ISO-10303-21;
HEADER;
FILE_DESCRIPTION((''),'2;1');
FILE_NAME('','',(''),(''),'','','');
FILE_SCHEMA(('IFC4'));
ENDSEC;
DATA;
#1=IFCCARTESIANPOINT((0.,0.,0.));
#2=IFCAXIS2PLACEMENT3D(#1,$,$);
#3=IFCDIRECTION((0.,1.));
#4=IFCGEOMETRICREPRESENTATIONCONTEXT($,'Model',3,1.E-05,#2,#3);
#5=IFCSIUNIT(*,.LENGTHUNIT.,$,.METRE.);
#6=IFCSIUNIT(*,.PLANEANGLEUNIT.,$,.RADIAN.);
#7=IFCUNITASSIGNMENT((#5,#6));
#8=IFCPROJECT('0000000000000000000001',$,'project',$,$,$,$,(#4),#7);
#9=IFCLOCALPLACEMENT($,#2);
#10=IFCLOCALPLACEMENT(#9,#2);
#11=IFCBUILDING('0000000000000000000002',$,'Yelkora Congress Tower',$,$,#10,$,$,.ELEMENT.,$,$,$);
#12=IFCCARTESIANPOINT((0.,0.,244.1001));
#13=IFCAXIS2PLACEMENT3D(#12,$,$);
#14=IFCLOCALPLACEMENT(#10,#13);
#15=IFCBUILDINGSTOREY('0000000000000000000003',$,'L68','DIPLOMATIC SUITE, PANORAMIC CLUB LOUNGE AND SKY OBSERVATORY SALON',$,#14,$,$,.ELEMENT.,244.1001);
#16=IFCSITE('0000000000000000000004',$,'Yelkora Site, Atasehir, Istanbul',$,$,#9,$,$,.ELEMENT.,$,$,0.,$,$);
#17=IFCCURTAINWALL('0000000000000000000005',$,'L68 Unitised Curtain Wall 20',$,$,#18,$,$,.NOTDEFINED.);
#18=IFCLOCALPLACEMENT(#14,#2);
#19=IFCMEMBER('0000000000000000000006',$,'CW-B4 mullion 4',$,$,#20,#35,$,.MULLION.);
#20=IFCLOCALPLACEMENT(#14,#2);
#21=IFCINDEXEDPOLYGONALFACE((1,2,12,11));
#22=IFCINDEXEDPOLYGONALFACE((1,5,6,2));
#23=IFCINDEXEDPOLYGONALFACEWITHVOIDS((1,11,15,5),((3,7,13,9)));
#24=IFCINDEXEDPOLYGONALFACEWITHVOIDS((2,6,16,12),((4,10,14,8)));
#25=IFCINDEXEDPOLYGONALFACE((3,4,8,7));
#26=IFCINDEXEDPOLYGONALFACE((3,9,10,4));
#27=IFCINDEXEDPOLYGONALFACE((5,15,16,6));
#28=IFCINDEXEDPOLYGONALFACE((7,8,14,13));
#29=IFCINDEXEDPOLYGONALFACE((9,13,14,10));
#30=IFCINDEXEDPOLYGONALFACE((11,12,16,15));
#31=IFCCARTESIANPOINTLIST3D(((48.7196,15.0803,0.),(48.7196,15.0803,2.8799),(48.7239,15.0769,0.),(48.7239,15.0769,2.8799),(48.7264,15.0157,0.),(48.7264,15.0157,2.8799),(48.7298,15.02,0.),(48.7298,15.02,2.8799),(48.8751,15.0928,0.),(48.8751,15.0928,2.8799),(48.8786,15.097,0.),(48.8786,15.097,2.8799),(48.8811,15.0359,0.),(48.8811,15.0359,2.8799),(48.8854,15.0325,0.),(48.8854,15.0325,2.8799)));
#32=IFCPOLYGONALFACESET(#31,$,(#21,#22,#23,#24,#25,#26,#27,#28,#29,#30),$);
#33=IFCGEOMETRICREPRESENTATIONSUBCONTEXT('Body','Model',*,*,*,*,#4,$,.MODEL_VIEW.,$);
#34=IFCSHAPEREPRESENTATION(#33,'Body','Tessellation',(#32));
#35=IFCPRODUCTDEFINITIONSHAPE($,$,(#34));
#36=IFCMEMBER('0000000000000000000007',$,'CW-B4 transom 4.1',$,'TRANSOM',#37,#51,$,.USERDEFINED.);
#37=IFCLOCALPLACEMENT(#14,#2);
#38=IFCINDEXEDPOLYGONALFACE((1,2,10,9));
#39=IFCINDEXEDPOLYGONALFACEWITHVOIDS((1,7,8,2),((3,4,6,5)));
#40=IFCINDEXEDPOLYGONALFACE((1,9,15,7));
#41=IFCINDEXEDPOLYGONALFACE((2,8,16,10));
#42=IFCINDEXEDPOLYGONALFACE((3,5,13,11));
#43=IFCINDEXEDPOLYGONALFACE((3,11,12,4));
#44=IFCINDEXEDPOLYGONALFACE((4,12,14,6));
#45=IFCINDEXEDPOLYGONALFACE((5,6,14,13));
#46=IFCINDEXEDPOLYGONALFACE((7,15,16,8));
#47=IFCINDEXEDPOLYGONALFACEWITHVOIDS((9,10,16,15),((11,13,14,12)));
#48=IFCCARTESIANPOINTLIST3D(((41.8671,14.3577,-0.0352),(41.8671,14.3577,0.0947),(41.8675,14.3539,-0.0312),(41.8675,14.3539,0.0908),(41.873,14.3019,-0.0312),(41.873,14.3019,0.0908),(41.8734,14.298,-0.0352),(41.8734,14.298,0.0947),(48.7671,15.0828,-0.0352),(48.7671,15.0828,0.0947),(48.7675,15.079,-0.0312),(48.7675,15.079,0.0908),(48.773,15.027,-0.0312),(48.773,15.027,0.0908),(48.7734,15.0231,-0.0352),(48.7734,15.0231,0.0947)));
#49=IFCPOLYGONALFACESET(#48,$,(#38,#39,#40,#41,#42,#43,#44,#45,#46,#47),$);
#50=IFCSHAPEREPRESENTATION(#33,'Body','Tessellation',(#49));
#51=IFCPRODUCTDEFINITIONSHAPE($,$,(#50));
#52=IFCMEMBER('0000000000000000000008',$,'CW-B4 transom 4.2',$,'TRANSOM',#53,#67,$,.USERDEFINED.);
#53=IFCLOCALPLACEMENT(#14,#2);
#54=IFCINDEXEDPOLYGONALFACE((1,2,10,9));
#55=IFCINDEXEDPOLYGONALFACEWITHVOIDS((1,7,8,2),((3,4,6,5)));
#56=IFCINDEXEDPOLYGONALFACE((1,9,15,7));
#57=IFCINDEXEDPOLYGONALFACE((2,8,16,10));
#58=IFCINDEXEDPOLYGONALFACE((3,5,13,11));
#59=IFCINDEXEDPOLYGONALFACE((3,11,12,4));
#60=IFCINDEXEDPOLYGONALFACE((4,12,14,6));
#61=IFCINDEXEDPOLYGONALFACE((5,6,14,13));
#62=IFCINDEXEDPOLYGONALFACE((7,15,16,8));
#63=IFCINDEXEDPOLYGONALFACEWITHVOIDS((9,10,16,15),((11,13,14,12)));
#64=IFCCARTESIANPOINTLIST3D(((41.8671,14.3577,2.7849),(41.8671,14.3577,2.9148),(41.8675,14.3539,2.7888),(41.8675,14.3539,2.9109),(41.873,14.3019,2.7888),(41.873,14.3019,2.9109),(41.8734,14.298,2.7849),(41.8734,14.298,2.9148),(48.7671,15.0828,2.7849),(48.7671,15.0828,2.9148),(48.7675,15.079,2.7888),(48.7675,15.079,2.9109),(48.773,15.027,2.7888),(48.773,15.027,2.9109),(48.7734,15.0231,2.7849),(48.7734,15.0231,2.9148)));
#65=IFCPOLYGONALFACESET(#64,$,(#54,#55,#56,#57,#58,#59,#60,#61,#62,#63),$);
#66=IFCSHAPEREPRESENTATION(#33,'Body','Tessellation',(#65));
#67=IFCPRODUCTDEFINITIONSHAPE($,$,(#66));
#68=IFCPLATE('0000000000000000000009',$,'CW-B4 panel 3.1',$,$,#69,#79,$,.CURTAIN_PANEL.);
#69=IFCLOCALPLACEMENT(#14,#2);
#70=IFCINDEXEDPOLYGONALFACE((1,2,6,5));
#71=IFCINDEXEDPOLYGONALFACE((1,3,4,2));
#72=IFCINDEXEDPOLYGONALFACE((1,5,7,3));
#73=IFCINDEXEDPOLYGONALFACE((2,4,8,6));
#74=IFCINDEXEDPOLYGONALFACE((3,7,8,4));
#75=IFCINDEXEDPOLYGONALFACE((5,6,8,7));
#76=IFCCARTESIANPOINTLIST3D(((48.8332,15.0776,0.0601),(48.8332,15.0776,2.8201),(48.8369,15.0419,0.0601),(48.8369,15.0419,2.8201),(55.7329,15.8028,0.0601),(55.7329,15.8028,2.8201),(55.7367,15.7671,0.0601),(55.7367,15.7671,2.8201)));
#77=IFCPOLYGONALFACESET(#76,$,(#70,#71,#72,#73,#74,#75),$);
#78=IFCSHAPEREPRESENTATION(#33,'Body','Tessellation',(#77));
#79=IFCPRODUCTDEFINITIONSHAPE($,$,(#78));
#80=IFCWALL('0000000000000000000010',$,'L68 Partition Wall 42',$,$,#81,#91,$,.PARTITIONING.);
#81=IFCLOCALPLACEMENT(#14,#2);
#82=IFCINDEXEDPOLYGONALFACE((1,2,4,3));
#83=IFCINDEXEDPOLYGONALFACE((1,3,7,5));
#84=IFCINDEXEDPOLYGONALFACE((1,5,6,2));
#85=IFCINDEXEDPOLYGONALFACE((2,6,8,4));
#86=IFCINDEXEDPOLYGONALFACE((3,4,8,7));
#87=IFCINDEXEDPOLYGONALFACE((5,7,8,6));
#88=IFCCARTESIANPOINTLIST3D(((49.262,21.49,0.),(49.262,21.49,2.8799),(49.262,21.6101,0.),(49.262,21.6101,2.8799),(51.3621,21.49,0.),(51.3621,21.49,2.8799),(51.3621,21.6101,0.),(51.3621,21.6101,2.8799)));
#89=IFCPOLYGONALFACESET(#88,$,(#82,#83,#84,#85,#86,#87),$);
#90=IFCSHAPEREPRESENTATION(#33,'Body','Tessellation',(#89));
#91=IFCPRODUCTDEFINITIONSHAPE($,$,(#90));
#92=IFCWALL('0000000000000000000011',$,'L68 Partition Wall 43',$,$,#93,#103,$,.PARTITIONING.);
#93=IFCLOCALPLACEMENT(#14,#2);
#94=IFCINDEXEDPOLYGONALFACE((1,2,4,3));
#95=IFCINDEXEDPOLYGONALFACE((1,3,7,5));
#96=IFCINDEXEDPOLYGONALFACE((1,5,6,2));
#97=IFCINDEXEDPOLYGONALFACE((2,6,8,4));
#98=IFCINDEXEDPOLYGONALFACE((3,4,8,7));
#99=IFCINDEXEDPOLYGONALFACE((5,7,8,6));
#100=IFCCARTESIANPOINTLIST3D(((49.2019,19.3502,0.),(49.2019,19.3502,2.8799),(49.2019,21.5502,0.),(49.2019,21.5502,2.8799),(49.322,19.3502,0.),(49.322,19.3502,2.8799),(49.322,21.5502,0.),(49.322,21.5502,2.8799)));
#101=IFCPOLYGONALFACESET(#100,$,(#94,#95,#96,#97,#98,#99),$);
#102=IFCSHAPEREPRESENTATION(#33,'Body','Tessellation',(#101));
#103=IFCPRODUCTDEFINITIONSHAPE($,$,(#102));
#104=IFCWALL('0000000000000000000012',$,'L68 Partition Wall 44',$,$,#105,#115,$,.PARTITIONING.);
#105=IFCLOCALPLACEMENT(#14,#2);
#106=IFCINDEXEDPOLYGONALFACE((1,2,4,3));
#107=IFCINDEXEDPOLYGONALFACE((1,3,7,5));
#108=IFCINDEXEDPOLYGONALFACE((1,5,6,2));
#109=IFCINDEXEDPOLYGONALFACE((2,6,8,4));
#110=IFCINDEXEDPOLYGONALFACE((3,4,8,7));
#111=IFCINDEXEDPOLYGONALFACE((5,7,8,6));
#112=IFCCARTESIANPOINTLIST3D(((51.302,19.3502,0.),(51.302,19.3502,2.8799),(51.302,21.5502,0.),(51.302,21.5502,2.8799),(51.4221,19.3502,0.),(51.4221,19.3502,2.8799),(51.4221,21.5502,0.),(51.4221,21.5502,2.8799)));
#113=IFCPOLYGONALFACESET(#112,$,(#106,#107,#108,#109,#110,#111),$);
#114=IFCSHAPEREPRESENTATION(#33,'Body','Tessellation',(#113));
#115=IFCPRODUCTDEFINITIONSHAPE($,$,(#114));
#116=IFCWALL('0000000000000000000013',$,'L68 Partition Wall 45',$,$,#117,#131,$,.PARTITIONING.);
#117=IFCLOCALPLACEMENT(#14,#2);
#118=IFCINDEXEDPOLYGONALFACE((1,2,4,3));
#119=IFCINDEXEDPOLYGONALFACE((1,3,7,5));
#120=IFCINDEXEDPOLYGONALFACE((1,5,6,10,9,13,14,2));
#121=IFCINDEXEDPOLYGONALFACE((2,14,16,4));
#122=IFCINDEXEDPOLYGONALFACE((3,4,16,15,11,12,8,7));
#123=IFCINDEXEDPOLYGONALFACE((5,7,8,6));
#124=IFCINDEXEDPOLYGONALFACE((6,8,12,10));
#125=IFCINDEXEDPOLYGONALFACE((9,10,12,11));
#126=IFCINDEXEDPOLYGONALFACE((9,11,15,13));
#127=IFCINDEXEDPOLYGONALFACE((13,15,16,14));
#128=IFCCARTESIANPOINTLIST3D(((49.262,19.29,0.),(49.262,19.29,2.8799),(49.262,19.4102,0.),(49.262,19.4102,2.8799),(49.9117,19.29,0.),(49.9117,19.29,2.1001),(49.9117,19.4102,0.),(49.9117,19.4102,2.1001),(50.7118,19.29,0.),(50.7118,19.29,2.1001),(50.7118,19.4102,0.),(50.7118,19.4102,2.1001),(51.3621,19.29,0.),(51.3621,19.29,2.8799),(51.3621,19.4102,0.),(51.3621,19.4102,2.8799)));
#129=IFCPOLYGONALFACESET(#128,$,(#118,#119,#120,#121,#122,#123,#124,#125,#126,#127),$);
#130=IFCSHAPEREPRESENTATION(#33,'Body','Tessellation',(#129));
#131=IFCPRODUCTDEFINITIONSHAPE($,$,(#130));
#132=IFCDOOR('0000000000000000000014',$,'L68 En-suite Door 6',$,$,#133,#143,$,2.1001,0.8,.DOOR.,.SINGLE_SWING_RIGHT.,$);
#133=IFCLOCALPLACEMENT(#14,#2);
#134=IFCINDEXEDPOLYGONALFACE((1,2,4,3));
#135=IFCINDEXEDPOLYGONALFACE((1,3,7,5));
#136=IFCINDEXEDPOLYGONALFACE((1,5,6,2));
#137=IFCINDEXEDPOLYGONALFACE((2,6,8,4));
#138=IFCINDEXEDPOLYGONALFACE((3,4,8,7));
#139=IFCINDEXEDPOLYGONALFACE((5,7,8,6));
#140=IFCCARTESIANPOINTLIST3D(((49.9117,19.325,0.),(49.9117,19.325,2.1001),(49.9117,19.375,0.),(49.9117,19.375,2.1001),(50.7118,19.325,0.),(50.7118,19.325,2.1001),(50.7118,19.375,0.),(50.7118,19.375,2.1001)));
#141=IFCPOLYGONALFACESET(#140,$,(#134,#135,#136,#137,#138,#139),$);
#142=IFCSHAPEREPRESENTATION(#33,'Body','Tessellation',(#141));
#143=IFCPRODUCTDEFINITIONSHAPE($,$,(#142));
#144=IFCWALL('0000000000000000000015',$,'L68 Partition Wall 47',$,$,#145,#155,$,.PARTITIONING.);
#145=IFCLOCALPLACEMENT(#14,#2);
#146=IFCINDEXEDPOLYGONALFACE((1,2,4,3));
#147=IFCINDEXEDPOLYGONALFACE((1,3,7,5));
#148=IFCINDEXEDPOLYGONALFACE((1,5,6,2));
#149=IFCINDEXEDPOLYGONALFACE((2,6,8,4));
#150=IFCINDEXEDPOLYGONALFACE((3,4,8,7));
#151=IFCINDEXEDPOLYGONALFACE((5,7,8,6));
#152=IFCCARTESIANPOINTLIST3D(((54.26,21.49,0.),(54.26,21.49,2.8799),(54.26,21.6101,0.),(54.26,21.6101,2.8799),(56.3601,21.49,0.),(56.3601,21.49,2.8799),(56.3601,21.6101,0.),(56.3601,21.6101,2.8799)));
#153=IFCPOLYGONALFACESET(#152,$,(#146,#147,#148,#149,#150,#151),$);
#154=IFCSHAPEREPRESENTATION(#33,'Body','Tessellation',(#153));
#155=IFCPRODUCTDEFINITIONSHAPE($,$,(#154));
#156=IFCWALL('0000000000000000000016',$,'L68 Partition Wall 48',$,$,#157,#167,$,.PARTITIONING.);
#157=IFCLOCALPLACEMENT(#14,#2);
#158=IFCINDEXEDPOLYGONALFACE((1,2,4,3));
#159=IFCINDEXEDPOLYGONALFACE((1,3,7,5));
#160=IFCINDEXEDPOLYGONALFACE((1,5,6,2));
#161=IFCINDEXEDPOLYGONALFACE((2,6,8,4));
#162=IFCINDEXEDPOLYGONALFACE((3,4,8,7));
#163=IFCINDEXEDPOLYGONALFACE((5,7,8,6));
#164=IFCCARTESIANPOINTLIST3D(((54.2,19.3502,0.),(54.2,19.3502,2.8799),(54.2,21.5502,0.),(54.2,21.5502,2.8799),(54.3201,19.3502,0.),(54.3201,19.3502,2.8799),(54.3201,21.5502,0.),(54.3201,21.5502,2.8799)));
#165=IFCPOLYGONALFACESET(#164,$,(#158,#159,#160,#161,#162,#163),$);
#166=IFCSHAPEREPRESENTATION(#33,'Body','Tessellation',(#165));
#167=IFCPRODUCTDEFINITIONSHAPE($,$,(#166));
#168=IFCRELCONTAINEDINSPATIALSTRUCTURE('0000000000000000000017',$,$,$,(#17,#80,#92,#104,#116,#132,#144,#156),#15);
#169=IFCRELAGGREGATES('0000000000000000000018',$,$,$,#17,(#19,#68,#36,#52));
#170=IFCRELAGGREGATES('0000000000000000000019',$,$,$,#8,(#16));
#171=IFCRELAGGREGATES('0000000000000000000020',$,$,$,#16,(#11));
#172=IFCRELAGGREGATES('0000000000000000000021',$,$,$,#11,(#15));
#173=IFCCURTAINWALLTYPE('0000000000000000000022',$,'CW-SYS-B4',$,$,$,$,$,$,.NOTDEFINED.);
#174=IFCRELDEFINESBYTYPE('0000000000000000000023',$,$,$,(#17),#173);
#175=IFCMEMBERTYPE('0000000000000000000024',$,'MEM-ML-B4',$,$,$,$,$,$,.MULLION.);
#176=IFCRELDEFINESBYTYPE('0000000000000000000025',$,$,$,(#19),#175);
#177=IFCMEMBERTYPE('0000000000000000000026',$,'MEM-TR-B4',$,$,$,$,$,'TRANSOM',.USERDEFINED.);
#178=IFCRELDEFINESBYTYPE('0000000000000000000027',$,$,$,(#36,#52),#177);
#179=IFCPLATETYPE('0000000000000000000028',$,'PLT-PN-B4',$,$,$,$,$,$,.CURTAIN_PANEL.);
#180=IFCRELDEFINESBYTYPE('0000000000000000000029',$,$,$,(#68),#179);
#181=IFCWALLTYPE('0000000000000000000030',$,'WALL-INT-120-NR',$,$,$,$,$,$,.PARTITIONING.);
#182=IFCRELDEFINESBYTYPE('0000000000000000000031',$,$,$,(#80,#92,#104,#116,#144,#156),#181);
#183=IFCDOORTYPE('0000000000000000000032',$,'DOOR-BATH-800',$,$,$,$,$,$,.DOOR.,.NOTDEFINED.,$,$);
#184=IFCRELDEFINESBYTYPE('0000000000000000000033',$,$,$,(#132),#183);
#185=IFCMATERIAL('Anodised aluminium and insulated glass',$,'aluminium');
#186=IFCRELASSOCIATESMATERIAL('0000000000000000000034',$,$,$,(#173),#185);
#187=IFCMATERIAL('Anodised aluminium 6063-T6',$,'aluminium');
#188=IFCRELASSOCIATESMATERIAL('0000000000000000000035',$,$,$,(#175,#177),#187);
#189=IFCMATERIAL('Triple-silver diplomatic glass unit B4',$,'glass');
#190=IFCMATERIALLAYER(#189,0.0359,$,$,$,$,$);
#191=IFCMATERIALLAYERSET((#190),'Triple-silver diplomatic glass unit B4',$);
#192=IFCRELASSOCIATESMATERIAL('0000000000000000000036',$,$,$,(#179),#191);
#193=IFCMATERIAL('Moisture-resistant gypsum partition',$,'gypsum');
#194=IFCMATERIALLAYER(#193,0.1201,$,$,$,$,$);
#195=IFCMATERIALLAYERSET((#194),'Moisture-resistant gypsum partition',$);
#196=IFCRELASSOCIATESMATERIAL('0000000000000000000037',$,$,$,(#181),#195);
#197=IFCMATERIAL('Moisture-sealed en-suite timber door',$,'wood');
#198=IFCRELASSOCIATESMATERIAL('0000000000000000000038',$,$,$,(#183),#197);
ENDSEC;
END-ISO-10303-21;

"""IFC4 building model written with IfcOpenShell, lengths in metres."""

from ifc_helpers import new_model, si_unit, direction, frame, frame_2d, origin, origin_2d, place, context, subcontext, project, spatial, rectangle, hollow_rectangle, extrude, material, layer, layer_set, material_profile, profile_set, type_object, element, fill, aggregate, save


model = new_model("IFC4")

# Units and contexts
model_context = context("Model", 3, precision=1e-05, world=origin(), true_north=direction((0.0, 1.0)))
body_context = subcontext(model_context, "Body", "Model", "MODEL_VIEW")
ifc_project = project(units=[si_unit("LENGTHUNIT", "METRE"), si_unit("PLANEANGLEUNIT", "RADIAN")], contexts=[model_context])

# Site, building, storey
site_placement = place(None, origin())
site = spatial("IfcSite", under=ifc_project, at=site_placement, Name="Yelkora Site, Atasehir, Istanbul", CompositionType="ELEMENT", RefElevation=0.0)
building_placement = place(site_placement, origin())
building = spatial("IfcBuilding", under=site, at=building_placement, Name="Yelkora Congress Tower", CompositionType="ELEMENT")
storey_placement = place(building_placement, frame((0.0, 0.0, 244.1001)))
storey = spatial("IfcBuildingStorey", under=building, at=storey_placement, Name="L68", Description="DIPLOMATIC SUITE, PANORAMIC CLUB LOUNGE AND SKY OBSERVATORY SALON", CompositionType="ELEMENT", Elevation=244.1001)

# Curtain wall, members, plate
ifc_material_1 = material(Name="Anodised aluminium and insulated glass", Category="aluminium")
curtain_wall_type = type_object("IfcCurtainWallType", Name="CW-SYS-B4", PredefinedType="NOTDEFINED", material=ifc_material_1)
curtain_wall_placement = place(storey_placement, origin())
curtain_wall = element("IfcCurtainWall", 1, at=curtain_wall_placement, inside=storey, type_object=curtain_wall_type, Name="L68 Unitised Curtain Wall 20", PredefinedType="NOTDEFINED")
ifc_material_2 = material(Name="Anodised aluminium 6063-T6", Category="aluminium")
ifc_material_profile_1 = material_profile(ifc_material_2, hollow_rectangle(XDim=0.0649, YDim=0.1599, WallThickness=0.0039, at=origin_2d()), Name="ALU 65x160x4")
ifc_profile_set_1 = profile_set([ifc_material_profile_1], Name="Anodised aluminium 6063-T6")
member_type_1 = type_object("IfcMemberType", Name="MEM-ML-B4", PredefinedType="MULLION", material=ifc_profile_set_1)
member_1_placement = place(storey_placement, frame((48.8025, 15.0564, 0.0), z_axis=(0.0, 0.0, 1.0), x_axis=(0.104527, -0.994522, 0.0)))
member_1 = element("IfcMember", 2, at=member_1_placement, type_object=member_type_1, Name="CW-B4 mullion 4", PredefinedType="MULLION", context=body_context, shape_type="SweptSolid", body=[
    extrude(hollow_rectangle(XDim=0.0649, YDim=0.1599, WallThickness=0.0039, at=origin_2d()), origin(), (0.0, 0.0, 1.0), 2.8799),
])
ifc_material_profile_2 = material_profile(ifc_material_2, hollow_rectangle(XDim=0.0601, YDim=0.1299, WallThickness=0.0039, at=origin_2d()), Name="ALU 60x130x4")
ifc_profile_set_2 = profile_set([ifc_material_profile_2], Name="Anodised aluminium 6063-T6")
member_type_2 = type_object("IfcMemberType", Name="MEM-TR-B4", ElementType="TRANSOM", PredefinedType="USERDEFINED", material=ifc_profile_set_2)
member_2_placement = place(storey_placement, frame((48.7703, 15.053, 0.0298), z_axis=(-0.994524, -0.104513, 0.0), x_axis=(0.104513, -0.994524, 0.0)))
member_2 = element("IfcMember", 3, at=member_2_placement, type_object=member_type_2, Name="CW-B4 transom 4.1", ObjectType="TRANSOM", PredefinedType="USERDEFINED", context=body_context, shape_type="SweptSolid", body=[
    extrude(hollow_rectangle(XDim=0.0601, YDim=0.1299, WallThickness=0.0039, at=origin_2d()), origin(), (0.0, 0.0, 1.0), 6.938),
])
member_3_placement = place(storey_placement, frame((48.7703, 15.053, 2.8499), z_axis=(-0.994524, -0.104513, 0.0), x_axis=(0.104513, -0.994524, 0.0)))
member_3 = element("IfcMember", 4, at=member_3_placement, type_object=member_type_2, Name="CW-B4 transom 4.2", ObjectType="TRANSOM", PredefinedType="USERDEFINED", context=body_context, shape_type="SweptSolid", body=[
    extrude(hollow_rectangle(XDim=0.0601, YDim=0.1299, WallThickness=0.0039, at=origin_2d()), origin(), (0.0, 0.0, 1.0), 6.938),
])
ifc_material_3 = material(Name="Triple-silver diplomatic glass unit B4", Category="glass")
ifc_layer_1 = layer(ifc_material_3, 0.0359)
ifc_layer_set_1 = layer_set([ifc_layer_1], Name="Triple-silver diplomatic glass unit B4")
plate_type = type_object("IfcPlateType", Name="PLT-PN-B4", PredefinedType="CURTAIN_PANEL", material=ifc_layer_set_1)
plate_placement = place(storey_placement, frame((52.2849, 15.4224, 0.0601), z_axis=(0.0, 0.0, 1.0), x_axis=(-0.994522, -0.104527, 0.0)))
plate = element("IfcPlate", 5, at=plate_placement, type_object=plate_type, Name="CW-B4 panel 3.1", PredefinedType="CURTAIN_PANEL", context=body_context, shape_type="SweptSolid", body=[
    extrude(rectangle(XDim=6.9377, YDim=0.0359, at=origin_2d()), origin(), (0.0, 0.0, 1.0), 2.76),
])
aggregate(curtain_wall, [member_1, plate, member_2, member_3])

# Walls
ifc_material_4 = material(Name="Moisture-resistant gypsum partition", Category="gypsum")
ifc_layer_2 = layer(ifc_material_4, 0.1201)
ifc_layer_set_2 = layer_set([ifc_layer_2], Name="Moisture-resistant gypsum partition")
wall_type_1 = type_object("IfcWallType", Name="WALL-INT-120-NR", PredefinedType="PARTITIONING", material=ifc_layer_set_2)
wall_1_placement = place(storey_placement, frame((49.262, 21.55, 0.0), z_axis=(0.0, 0.0, 1.0), x_axis=(1.0, 0.0, 0.0)))
element("IfcWall", 6, at=wall_1_placement, inside=storey, type_object=wall_type_1, Name="L68 Partition Wall 42", PredefinedType="PARTITIONING", context=body_context, shape_type="SweptSolid", body=[
    extrude(rectangle(XDim=2.1001, YDim=0.1201, at=frame_2d((1.05, 0.0))), origin(), (0.0, 0.0, 1.0), 2.8799),
])
for number, where, z_axis, x_axis, name in (
    (7, (49.262, 19.3501, 0.0), (0.0, 0.0, 1.0), (0.0, 1.0, 0.0), "L68 Partition Wall 43"),
    (8, (51.3621, 19.3501, 0.0), (0.0, 0.0, 1.0), (0.0, 1.0, 0.0), "L68 Partition Wall 44"),
):
    element("IfcWall", number, at=place(storey_placement, frame(where, z_axis=z_axis, x_axis=x_axis)), inside=storey, type_object=wall_type_1, Name=name, PredefinedType="PARTITIONING", context=body_context, shape_type="SweptSolid", body=[
        extrude(rectangle(XDim=2.2, YDim=0.1201, at=frame_2d((1.1001, 0.0))), origin(), (0.0, 0.0, 1.0), 2.8799),
    ])

# Wall, opening, door
wall_2_placement = place(storey_placement, frame((49.262, 19.3501, 0.0), z_axis=(0.0, 0.0, 1.0), x_axis=(1.0, 0.0, 0.0)))
wall_2 = element("IfcWall", 9, at=wall_2_placement, inside=storey, type_object=wall_type_1, Name="L68 Partition Wall 45", PredefinedType="PARTITIONING", context=body_context, shape_type="SweptSolid", body=[
    extrude(rectangle(XDim=2.1001, YDim=0.1201, at=frame_2d((1.05, 0.0))), origin(), (0.0, 0.0, 1.0), 2.8799),
])
opening_1_placement = place(wall_2_placement, frame((0.6499, 0.0, 0.0)))
opening_1 = element("IfcOpeningElement", 10, at=opening_1_placement, cuts=wall_2, PredefinedType="OPENING", context=body_context, shape_type="SweptSolid", body=[
    extrude(rectangle(XDim=0.8, YDim=2.1001, at=frame_2d((0.3999, 1.05))), frame((0.0, 0.0701, 0.0), z_axis=(0.0, -1.0, 0.0), x_axis=(1.0, 0.0, 0.0)), (0.0, 0.0, 1.0), 0.1401),
])
ifc_material_5 = material(Name="Moisture-sealed en-suite timber door", Category="wood")
door_type_1 = type_object("IfcDoorType", Name="DOOR-BATH-800", OperationType="NOTDEFINED", PredefinedType="DOOR", material=ifc_material_5)
door_1_placement = place(opening_1_placement, origin())
door_1 = element("IfcDoor", 11, at=door_1_placement, inside=storey, type_object=door_type_1, Name="L68 En-suite Door 6", OperationType="SINGLE_SWING_RIGHT", OverallHeight=2.1001, OverallWidth=0.8, PredefinedType="DOOR", context=body_context, shape_type="SweptSolid", body=[
    extrude(rectangle(XDim=0.8, YDim=2.1001, at=frame_2d((0.3999, 1.05))), frame((0.0, 0.0249, 0.0), z_axis=(0.0, -1.0, 0.0), x_axis=(1.0, 0.0, 0.0)), (0.0, 0.0, 1.0), 0.05),
])
fill(opening_1, door_1)

# Walls
wall_3_placement = place(storey_placement, frame((54.26, 21.55, 0.0), z_axis=(0.0, 0.0, 1.0), x_axis=(1.0, 0.0, 0.0)))
element("IfcWall", 12, at=wall_3_placement, inside=storey, type_object=wall_type_1, Name="L68 Partition Wall 47", PredefinedType="PARTITIONING", context=body_context, shape_type="SweptSolid", body=[
    extrude(rectangle(XDim=2.1001, YDim=0.1201, at=frame_2d((1.05, 0.0))), origin(), (0.0, 0.0, 1.0), 2.8799),
])
wall_4_placement = place(storey_placement, frame((54.26, 19.3501, 0.0), z_axis=(0.0, 0.0, 1.0), x_axis=(0.0, 1.0, 0.0)))
element("IfcWall", 13, at=wall_4_placement, inside=storey, type_object=wall_type_1, Name="L68 Partition Wall 48", PredefinedType="PARTITIONING", context=body_context, shape_type="SweptSolid", body=[
    extrude(rectangle(XDim=2.2, YDim=0.1201, at=frame_2d((1.1001, 0.0))), origin(), (0.0, 0.0, 1.0), 2.8799),
])

save(model, "model.ifc")
